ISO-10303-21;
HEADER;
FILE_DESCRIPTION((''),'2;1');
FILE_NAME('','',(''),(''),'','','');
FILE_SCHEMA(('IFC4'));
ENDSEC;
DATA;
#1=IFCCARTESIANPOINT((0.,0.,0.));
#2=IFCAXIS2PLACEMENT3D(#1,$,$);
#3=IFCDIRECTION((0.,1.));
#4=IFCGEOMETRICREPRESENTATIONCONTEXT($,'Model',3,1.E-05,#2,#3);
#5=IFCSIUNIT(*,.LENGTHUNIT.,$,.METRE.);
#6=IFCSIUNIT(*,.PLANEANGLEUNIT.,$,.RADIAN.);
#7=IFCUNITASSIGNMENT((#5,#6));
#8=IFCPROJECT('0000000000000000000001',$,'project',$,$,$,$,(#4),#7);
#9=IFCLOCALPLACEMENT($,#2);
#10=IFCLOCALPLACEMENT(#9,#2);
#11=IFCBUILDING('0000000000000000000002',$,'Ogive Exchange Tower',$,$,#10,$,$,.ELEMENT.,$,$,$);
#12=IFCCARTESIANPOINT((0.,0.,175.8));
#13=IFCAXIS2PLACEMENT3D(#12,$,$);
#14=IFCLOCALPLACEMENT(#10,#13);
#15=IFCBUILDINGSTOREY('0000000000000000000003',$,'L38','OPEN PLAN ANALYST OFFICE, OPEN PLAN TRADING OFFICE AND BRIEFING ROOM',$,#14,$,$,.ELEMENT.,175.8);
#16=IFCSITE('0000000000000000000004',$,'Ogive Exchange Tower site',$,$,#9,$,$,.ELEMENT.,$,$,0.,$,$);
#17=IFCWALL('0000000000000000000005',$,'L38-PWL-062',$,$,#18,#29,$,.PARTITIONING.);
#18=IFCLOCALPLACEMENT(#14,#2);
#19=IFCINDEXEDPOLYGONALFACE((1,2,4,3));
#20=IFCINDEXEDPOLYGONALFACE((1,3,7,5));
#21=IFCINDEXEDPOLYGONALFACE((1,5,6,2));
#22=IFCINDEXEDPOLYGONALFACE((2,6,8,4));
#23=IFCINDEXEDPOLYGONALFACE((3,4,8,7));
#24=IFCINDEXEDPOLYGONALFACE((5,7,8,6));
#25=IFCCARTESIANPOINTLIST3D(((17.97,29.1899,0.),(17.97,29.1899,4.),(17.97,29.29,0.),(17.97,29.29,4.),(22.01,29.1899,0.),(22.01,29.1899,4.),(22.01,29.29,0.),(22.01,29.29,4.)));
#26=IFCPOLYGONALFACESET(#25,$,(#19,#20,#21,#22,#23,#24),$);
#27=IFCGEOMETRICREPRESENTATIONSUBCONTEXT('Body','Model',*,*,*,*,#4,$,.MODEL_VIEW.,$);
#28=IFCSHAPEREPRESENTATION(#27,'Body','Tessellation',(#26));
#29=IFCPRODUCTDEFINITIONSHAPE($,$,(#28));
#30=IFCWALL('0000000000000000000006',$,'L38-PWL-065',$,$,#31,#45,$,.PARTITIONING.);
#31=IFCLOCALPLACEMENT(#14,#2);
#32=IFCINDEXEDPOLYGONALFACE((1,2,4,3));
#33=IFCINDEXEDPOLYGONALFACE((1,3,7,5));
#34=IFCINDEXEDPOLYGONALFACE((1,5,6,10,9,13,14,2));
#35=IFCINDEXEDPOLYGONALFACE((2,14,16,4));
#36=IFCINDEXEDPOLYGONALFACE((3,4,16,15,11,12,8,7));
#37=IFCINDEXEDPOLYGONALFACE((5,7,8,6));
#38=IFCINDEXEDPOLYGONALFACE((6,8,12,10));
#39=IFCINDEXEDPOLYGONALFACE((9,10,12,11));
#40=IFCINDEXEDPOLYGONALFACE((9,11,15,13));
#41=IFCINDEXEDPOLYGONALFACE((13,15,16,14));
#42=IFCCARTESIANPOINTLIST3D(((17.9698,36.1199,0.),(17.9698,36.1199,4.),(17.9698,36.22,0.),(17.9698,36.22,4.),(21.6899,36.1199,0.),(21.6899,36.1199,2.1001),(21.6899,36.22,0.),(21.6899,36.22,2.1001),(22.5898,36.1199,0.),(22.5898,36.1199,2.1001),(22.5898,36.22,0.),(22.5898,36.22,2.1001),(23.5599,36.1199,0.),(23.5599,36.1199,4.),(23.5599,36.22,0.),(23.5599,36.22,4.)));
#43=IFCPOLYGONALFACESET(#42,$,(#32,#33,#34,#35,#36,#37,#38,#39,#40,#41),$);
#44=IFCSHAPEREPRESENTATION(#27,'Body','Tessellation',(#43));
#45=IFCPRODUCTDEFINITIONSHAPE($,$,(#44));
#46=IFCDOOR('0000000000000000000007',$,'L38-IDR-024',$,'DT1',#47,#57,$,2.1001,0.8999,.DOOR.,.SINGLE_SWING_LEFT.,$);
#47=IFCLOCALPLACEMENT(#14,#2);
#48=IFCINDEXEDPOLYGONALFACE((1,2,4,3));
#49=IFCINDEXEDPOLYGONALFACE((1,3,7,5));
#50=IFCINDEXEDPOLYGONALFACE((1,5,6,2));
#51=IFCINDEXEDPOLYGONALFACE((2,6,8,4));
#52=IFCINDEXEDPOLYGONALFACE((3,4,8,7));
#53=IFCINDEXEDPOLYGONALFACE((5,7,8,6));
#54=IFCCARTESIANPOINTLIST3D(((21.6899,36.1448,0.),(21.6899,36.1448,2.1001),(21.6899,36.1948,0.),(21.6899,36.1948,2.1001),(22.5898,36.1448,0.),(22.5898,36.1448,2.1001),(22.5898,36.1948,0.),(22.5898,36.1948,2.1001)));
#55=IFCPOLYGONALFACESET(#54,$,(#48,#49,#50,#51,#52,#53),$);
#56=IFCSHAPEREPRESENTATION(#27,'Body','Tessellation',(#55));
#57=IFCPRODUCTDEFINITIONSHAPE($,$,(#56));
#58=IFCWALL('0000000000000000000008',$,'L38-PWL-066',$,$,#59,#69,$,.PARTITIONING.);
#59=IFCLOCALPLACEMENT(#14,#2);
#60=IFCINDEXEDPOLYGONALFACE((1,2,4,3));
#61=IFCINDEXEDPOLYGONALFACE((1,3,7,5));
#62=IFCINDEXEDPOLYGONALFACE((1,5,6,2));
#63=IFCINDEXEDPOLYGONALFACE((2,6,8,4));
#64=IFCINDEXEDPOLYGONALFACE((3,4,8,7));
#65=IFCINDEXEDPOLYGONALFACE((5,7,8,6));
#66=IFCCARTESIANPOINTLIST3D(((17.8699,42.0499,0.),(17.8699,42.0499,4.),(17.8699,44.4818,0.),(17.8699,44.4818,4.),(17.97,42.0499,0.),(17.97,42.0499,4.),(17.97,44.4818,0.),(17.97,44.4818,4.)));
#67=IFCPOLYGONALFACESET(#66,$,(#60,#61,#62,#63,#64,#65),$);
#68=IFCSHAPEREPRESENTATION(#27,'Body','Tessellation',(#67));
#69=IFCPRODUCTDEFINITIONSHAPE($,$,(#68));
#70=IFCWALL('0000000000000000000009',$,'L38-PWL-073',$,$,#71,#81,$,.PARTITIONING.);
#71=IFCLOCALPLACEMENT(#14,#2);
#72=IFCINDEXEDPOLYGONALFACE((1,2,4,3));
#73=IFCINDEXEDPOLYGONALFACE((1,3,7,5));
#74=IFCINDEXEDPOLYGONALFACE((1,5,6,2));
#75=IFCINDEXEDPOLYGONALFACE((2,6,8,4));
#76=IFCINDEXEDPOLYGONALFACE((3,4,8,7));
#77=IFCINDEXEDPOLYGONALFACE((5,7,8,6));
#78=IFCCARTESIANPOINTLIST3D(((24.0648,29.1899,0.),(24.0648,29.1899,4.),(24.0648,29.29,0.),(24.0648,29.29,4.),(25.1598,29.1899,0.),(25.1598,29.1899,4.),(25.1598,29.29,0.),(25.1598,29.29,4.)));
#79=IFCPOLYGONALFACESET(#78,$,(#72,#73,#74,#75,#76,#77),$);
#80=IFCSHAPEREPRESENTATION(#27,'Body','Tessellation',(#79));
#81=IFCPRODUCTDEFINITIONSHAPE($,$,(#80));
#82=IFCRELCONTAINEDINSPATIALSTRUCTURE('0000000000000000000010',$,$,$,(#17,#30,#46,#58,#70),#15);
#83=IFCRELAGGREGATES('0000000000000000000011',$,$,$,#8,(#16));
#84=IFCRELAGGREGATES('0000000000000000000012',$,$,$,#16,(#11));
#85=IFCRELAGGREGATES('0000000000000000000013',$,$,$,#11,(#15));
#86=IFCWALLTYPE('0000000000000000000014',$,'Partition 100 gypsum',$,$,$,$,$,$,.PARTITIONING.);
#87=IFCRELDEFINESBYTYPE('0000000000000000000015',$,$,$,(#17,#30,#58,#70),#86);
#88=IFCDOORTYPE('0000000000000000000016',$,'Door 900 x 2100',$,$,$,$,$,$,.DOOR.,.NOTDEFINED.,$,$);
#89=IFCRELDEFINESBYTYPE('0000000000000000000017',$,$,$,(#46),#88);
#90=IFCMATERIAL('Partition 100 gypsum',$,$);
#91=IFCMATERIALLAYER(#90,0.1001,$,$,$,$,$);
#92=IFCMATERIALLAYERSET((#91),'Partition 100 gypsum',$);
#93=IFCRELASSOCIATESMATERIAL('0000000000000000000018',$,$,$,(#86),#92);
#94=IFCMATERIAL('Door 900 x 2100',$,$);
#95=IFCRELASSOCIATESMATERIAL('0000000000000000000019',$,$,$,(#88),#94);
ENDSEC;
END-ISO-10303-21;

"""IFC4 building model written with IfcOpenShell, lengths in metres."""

from ifc_helpers import new_model, si_unit, direction, frame, frame_2d, origin, place, context, subcontext, project, spatial, rectangle, extrude, material, layer, layer_set, type_object, element, fill, save


model = new_model("IFC4")

# Units and contexts
model_context = context("Model", 3, precision=1e-05, world=origin(), true_north=direction((0.0, 1.0)))
body_context = subcontext(model_context, "Body", "Model", "MODEL_VIEW")
ifc_project = project(units=[si_unit("LENGTHUNIT", "METRE"), si_unit("PLANEANGLEUNIT", "RADIAN")], contexts=[model_context])

# Site, building, storey
site_placement = place(None, origin())
site = spatial("IfcSite", under=ifc_project, at=site_placement, Name="Ogive Exchange Tower site", CompositionType="ELEMENT", RefElevation=0.0)
building_placement = place(site_placement, origin())
building = spatial("IfcBuilding", under=site, at=building_placement, Name="Ogive Exchange Tower", CompositionType="ELEMENT")
storey_placement = place(building_placement, frame((0.0, 0.0, 175.8)))
storey = spatial("IfcBuildingStorey", under=building, at=storey_placement, Name="L38", Description="OPEN PLAN ANALYST OFFICE, OPEN PLAN TRADING OFFICE AND BRIEFING ROOM", CompositionType="ELEMENT", Elevation=175.8)

# Wall
ifc_material_1 = material(Name="Partition 100 gypsum")
ifc_layer_1 = layer(ifc_material_1, 0.1001)
ifc_layer_set_1 = layer_set([ifc_layer_1], Name="Partition 100 gypsum")
wall_type_1 = type_object("IfcWallType", Name="Partition 100 gypsum", PredefinedType="PARTITIONING", material=ifc_layer_set_1)
wall_1_placement = place(storey_placement, frame((17.97, 29.24, 0.0), z_axis=(0.0, 0.0, 1.0), x_axis=(1.0, 0.0, 0.0)))
element("IfcWall", 1, at=wall_1_placement, inside=storey, type_object=wall_type_1, Name="L38-PWL-062", PredefinedType="PARTITIONING", context=body_context, shape_type="SweptSolid", body=[
    extrude(rectangle(XDim=4.04, YDim=0.1001, at=frame_2d((2.02, 0.0))), origin(), (0.0, 0.0, 1.0), 4.0),
])

# Wall, opening, door
wall_2_placement = place(storey_placement, frame((17.97, 36.1699, 0.0), z_axis=(0.0, 0.0, 1.0), x_axis=(1.0, 0.0, 0.0)))
wall_2 = element("IfcWall", 2, at=wall_2_placement, inside=storey, type_object=wall_type_1, Name="L38-PWL-065", PredefinedType="PARTITIONING", context=body_context, shape_type="SweptSolid", body=[
    extrude(rectangle(XDim=5.5901, YDim=0.1001, at=frame_2d((2.7949, 0.0))), origin(), (0.0, 0.0, 1.0), 4.0),
])
opening_1_placement = place(wall_2_placement, frame((3.72, 0.0, 0.0)))
opening_1 = element("IfcOpeningElement", 3, at=opening_1_placement, cuts=wall_2, PredefinedType="OPENING", context=body_context, shape_type="SweptSolid", body=[
    extrude(rectangle(XDim=0.8999, YDim=2.1001, at=frame_2d((0.45, 1.05))), frame((0.0, 0.0601, 0.0), z_axis=(0.0, -1.0, 0.0), x_axis=(1.0, 0.0, 0.0)), (0.0, 0.0, 1.0), 0.1201),
])
ifc_material_2 = material(Name="Door 900 x 2100")
door_type_1 = type_object("IfcDoorType", Name="Door 900 x 2100", OperationType="NOTDEFINED", PredefinedType="DOOR", material=ifc_material_2)
door_1_placement = place(opening_1_placement, origin())
door_1 = element("IfcDoor", 4, at=door_1_placement, inside=storey, type_object=door_type_1, Name="L38-IDR-024", ObjectType="DT1", OperationType="SINGLE_SWING_LEFT", OverallHeight=2.1001, OverallWidth=0.8999, PredefinedType="DOOR", context=body_context, shape_type="SweptSolid", body=[
    extrude(rectangle(XDim=0.8999, YDim=2.1001, at=frame_2d((0.45, 1.05))), frame((0.0, 0.0249, 0.0), z_axis=(0.0, -1.0, 0.0), x_axis=(1.0, 0.0, 0.0)), (0.0, 0.0, 1.0), 0.05),
])
fill(opening_1, door_1)

# Walls
wall_3_placement = place(storey_placement, frame((17.9199, 42.05, 0.0), z_axis=(0.0, 0.0, 1.0), x_axis=(0.0, 1.0, 0.0)))
element("IfcWall", 5, at=wall_3_placement, inside=storey, type_object=wall_type_1, Name="L38-PWL-066", PredefinedType="PARTITIONING", context=body_context, shape_type="SweptSolid", body=[
    extrude(rectangle(XDim=2.4319, YDim=0.1001, at=frame_2d((1.2158, 0.0))), origin(), (0.0, 0.0, 1.0), 4.0),
])
wall_4_placement = place(storey_placement, frame((24.0649, 29.24, 0.0), z_axis=(0.0, 0.0, 1.0), x_axis=(1.0, 0.0, 0.0)))
element("IfcWall", 6, at=wall_4_placement, inside=storey, type_object=wall_type_1, Name="L38-PWL-073", PredefinedType="PARTITIONING", context=body_context, shape_type="SweptSolid", body=[
    extrude(rectangle(XDim=1.095, YDim=0.1001, at=frame_2d((0.5474, 0.0))), origin(), (0.0, 0.0, 1.0), 4.0),
])

save(model, "model.ifc")
